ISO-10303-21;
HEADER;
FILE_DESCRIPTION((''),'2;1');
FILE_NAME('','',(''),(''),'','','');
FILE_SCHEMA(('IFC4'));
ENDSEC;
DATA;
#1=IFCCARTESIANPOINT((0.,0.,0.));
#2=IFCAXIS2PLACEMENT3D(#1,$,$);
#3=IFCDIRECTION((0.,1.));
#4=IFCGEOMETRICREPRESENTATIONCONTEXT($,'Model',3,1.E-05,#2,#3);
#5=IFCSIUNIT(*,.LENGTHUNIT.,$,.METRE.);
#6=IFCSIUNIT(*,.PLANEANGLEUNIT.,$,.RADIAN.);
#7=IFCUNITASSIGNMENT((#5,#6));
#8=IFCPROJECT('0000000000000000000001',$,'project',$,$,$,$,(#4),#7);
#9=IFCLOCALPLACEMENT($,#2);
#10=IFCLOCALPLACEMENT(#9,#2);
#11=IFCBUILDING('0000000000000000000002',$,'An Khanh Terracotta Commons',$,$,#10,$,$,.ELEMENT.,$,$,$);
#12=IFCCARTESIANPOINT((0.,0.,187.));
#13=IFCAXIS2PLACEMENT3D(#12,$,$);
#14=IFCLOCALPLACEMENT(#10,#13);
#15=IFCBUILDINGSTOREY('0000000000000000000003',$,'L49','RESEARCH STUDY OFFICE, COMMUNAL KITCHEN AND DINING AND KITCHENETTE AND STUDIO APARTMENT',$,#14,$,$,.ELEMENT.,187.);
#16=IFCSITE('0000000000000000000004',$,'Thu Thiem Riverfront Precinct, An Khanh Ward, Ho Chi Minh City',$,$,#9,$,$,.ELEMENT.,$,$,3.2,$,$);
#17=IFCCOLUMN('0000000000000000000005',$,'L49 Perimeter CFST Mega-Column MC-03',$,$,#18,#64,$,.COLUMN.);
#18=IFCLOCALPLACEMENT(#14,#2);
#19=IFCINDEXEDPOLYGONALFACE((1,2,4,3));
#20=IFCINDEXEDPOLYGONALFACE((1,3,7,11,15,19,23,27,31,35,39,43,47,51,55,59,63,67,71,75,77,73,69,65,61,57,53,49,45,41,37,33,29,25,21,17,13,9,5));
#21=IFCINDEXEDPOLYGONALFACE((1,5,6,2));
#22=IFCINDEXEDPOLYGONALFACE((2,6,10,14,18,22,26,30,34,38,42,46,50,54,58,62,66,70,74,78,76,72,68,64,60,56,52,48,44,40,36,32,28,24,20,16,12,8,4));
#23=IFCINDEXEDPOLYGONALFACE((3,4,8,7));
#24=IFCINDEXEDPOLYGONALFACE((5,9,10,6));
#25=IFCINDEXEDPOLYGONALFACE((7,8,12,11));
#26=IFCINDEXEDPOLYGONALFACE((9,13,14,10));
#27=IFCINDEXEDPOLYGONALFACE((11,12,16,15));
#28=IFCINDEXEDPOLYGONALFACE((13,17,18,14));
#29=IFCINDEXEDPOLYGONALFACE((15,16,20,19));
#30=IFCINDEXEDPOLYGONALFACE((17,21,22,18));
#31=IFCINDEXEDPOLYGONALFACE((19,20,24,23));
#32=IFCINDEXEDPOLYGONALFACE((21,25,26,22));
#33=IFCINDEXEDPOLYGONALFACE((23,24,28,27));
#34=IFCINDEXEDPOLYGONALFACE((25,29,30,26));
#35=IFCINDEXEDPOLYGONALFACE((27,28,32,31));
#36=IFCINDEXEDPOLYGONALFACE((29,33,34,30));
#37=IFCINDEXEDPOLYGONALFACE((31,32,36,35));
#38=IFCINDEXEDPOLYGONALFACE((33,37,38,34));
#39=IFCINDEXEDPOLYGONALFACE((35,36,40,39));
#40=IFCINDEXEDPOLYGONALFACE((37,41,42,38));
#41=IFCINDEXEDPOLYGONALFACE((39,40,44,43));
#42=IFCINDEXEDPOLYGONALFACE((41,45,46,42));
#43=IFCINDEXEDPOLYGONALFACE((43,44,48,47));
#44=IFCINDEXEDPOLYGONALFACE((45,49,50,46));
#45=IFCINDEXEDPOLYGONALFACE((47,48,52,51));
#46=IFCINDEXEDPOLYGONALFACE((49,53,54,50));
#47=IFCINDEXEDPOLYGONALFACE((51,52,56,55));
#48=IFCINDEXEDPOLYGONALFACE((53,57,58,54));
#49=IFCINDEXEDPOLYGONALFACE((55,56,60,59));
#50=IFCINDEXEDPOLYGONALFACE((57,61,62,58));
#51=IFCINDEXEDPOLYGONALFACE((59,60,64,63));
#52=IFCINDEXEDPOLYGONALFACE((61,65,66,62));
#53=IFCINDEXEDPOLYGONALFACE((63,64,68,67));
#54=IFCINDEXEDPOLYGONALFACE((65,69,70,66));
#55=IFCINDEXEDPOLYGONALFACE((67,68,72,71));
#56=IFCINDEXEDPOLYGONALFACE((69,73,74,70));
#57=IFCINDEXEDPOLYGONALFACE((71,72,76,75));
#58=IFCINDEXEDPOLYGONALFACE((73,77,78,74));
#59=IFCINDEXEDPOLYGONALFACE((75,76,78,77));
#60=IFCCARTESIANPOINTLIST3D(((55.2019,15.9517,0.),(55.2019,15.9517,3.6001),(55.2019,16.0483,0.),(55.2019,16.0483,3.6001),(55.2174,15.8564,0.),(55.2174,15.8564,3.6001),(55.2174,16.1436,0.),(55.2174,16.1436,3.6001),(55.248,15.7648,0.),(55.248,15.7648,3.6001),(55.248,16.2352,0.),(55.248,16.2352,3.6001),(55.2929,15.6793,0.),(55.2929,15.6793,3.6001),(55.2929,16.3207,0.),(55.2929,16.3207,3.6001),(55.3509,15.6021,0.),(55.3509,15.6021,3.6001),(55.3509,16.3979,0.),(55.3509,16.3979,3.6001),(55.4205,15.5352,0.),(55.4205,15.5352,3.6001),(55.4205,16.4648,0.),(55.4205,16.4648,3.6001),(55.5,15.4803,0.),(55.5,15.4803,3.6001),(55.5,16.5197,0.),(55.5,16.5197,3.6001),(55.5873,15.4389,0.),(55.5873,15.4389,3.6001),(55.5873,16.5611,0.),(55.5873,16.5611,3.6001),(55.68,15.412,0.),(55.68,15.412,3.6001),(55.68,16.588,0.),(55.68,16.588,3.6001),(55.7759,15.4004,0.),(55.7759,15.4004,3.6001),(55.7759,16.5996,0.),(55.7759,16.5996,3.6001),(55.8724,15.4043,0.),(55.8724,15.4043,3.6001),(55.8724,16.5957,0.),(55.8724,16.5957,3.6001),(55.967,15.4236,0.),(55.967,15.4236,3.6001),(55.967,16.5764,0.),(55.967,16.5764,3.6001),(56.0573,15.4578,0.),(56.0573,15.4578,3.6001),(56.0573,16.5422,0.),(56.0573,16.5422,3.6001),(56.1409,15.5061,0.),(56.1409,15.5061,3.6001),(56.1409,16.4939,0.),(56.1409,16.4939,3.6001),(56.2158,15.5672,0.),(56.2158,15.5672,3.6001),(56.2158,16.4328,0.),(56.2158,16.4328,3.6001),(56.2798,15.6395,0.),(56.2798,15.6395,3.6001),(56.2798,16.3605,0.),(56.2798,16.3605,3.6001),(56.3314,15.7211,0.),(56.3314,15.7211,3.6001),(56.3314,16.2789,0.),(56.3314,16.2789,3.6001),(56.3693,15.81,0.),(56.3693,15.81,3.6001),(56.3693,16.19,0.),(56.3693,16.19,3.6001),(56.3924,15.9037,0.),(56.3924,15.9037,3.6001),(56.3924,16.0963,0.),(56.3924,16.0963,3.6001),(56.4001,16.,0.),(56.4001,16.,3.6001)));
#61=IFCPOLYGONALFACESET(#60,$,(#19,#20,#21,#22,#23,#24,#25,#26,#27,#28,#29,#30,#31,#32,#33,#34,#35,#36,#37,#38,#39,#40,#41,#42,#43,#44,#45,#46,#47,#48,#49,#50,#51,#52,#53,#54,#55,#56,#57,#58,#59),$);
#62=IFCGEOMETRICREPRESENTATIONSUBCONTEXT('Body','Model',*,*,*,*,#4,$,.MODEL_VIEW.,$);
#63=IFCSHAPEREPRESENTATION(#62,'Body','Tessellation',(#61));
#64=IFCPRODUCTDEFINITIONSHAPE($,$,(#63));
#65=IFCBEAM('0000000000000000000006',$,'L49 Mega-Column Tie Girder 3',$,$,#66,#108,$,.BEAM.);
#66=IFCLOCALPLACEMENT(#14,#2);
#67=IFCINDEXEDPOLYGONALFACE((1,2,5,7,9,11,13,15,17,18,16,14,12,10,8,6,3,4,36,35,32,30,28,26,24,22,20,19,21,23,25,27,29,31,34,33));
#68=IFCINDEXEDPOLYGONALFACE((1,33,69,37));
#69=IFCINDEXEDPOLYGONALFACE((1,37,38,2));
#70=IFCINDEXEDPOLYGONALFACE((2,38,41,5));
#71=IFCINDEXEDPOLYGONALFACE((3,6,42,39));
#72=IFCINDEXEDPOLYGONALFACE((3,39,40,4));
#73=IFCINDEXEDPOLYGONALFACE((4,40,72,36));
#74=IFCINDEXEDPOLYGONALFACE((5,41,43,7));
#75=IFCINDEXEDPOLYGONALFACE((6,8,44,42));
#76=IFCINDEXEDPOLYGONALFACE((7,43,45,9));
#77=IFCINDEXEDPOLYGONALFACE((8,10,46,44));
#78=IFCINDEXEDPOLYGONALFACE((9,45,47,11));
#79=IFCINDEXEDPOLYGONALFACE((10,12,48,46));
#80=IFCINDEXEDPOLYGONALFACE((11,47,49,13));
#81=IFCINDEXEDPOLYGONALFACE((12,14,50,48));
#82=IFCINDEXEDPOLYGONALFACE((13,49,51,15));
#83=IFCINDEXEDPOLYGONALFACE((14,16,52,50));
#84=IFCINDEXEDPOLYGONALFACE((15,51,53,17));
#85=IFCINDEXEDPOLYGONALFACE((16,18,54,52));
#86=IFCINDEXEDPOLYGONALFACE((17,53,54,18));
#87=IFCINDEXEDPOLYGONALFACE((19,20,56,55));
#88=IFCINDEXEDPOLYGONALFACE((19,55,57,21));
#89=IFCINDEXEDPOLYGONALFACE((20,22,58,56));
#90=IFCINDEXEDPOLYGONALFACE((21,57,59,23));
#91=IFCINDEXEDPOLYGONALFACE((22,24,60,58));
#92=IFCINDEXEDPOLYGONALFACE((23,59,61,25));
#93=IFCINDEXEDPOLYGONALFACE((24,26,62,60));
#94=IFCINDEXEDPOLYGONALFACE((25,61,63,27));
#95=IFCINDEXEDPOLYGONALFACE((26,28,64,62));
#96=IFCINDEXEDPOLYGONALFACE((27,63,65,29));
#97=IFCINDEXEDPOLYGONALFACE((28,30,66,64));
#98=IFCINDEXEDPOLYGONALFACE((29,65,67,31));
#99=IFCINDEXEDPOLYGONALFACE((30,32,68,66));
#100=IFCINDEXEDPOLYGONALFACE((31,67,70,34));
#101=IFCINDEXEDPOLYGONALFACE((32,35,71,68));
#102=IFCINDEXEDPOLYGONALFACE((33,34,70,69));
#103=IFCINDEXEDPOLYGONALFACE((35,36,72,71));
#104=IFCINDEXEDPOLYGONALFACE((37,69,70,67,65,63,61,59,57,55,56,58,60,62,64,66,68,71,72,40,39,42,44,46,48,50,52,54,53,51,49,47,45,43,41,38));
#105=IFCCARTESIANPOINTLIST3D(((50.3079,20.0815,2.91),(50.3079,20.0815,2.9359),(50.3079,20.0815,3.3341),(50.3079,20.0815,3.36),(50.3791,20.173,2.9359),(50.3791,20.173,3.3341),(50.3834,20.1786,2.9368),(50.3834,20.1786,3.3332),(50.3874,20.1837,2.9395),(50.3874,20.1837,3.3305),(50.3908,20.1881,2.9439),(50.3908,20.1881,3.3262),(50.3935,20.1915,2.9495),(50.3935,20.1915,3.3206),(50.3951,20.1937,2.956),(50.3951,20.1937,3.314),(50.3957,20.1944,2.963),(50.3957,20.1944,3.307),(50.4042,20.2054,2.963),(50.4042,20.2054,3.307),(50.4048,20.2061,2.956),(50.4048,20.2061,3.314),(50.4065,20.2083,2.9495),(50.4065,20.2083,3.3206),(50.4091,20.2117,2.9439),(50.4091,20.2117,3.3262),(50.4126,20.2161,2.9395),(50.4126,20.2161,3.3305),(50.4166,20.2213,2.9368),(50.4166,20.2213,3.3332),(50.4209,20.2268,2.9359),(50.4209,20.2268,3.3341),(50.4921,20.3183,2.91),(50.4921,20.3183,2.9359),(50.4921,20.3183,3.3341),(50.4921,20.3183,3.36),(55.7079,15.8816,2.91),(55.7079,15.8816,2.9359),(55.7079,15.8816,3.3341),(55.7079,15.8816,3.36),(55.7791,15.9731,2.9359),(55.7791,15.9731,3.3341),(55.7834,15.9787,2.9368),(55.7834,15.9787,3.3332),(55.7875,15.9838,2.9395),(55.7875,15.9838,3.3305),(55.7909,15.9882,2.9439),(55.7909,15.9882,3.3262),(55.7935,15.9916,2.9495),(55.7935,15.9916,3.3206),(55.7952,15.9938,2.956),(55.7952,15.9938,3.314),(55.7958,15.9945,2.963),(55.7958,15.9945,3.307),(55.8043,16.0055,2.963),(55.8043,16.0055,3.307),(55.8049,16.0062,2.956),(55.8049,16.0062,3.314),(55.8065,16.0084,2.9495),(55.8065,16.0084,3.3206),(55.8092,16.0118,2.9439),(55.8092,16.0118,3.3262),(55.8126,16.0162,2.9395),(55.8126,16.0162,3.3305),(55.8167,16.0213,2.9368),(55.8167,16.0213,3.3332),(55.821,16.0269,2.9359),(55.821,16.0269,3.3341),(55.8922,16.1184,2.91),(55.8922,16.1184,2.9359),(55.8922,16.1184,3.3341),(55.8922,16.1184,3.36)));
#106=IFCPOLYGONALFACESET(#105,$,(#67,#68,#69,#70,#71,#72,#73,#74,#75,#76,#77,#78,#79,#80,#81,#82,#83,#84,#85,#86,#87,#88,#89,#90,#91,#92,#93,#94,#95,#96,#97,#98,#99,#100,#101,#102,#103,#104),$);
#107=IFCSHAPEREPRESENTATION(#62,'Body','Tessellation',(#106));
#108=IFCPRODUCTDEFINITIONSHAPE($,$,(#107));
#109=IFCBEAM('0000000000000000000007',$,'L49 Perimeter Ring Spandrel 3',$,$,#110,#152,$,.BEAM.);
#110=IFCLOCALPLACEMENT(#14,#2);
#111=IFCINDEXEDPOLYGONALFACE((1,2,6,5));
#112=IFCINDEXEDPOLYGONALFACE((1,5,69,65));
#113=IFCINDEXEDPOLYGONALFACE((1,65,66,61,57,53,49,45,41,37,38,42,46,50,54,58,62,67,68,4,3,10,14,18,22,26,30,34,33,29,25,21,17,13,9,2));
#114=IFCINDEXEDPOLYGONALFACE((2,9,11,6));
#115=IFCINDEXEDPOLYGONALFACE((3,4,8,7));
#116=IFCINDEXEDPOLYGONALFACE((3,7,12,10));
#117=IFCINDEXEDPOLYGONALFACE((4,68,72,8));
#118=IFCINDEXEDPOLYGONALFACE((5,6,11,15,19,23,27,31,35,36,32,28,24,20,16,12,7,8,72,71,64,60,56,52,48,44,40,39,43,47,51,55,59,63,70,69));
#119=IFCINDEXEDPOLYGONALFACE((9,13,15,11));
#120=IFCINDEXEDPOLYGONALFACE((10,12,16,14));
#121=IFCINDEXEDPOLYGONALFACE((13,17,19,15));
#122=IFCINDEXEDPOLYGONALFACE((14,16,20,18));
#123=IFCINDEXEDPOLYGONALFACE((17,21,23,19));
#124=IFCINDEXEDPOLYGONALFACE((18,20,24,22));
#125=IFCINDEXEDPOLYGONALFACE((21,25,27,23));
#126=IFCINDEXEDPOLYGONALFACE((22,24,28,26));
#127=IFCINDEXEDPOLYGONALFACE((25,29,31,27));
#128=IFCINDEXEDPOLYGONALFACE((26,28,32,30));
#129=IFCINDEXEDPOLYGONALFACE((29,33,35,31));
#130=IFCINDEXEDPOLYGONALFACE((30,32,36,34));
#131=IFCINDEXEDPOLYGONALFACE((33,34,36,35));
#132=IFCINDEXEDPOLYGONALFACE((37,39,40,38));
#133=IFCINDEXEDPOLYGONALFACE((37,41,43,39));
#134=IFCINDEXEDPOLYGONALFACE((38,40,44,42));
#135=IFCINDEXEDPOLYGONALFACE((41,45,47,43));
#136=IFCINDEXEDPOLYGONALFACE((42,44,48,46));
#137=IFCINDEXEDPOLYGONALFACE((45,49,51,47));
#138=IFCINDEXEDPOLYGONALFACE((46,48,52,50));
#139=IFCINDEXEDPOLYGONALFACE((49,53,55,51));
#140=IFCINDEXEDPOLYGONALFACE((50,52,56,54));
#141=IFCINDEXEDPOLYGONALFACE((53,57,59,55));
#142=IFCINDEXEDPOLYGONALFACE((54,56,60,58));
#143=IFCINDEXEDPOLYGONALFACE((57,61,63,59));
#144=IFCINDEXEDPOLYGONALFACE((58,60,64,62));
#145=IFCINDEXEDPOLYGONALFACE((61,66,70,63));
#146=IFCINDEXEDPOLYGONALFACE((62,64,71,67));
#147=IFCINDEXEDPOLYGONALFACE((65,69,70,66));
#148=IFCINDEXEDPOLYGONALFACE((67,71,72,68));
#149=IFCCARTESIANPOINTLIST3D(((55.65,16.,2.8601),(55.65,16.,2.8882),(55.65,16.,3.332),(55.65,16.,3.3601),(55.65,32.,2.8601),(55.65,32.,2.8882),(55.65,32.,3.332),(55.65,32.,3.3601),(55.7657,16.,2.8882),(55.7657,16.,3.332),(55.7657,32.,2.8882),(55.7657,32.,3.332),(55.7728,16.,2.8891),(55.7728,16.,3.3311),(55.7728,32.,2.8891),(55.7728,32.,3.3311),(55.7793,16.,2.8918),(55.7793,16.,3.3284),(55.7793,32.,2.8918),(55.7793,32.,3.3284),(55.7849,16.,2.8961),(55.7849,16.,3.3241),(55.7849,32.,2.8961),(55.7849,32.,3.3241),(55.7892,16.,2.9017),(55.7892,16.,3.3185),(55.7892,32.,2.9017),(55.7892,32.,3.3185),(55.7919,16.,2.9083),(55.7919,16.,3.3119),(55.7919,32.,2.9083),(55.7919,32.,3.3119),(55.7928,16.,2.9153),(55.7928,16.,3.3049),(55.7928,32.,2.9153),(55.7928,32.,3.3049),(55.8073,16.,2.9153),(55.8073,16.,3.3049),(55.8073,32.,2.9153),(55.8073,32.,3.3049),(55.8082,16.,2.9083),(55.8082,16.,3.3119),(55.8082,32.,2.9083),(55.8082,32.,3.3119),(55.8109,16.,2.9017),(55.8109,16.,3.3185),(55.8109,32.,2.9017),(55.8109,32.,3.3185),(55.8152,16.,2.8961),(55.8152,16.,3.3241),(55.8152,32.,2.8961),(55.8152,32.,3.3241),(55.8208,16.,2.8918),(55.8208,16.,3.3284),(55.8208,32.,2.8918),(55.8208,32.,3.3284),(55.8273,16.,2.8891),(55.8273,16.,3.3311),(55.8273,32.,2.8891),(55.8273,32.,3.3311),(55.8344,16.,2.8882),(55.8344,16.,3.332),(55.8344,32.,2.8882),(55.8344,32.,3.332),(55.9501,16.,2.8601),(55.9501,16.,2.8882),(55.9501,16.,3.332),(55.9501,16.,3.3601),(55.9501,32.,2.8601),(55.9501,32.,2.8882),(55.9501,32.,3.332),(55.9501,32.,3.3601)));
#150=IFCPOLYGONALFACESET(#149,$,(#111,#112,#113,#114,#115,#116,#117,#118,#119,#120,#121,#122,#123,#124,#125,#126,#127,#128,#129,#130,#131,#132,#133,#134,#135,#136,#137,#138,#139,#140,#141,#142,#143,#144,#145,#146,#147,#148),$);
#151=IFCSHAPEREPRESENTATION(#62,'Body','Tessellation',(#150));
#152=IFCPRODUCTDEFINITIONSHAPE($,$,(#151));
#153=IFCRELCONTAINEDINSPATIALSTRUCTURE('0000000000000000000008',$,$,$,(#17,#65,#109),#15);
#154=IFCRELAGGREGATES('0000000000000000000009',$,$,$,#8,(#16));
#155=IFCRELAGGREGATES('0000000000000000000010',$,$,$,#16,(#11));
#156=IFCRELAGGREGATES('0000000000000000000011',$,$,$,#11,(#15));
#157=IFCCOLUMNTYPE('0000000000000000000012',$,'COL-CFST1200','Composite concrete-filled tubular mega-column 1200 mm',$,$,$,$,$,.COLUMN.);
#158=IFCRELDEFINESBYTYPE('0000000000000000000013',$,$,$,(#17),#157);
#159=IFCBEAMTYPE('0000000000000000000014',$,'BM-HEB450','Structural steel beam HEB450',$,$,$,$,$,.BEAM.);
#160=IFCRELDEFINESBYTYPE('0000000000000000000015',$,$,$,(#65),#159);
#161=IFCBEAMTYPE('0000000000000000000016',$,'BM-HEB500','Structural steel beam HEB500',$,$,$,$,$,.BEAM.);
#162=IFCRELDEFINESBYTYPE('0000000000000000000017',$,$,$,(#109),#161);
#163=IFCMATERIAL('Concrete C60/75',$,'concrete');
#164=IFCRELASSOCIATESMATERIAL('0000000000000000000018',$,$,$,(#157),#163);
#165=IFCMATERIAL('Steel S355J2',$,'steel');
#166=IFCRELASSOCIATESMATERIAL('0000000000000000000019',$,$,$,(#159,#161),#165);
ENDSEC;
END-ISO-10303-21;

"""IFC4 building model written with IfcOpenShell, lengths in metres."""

from ifc_helpers import new_model, si_unit, direction, frame, origin, origin_2d, place, context, subcontext, project, spatial, circle, i_section, extrude, material, material_profile, profile_set, type_object, element, save


model = new_model("IFC4")

# Units and contexts
model_context = context("Model", 3, precision=1e-05, world=origin(), true_north=direction((0.0, 1.0)))
body_context = subcontext(model_context, "Body", "Model", "MODEL_VIEW")
ifc_project = project(units=[si_unit("LENGTHUNIT", "METRE"), si_unit("PLANEANGLEUNIT", "RADIAN")], contexts=[model_context])

# Site, building, storey
site_placement = place(None, origin())
site = spatial("IfcSite", under=ifc_project, at=site_placement, Name="Thu Thiem Riverfront Precinct, An Khanh Ward, Ho Chi Minh City", CompositionType="ELEMENT", RefElevation=3.2)
building_placement = place(site_placement, origin())
building = spatial("IfcBuilding", under=site, at=building_placement, Name="An Khanh Terracotta Commons", CompositionType="ELEMENT")
storey_placement = place(building_placement, frame((0.0, 0.0, 187.0)))
storey = spatial("IfcBuildingStorey", under=building, at=storey_placement, Name="L49", Description="RESEARCH STUDY OFFICE, COMMUNAL KITCHEN AND DINING AND KITCHENETTE AND STUDIO APARTMENT", CompositionType="ELEMENT", Elevation=187.0)

# Column
ifc_material_1 = material(Name="Concrete C60/75", Category="concrete")
ifc_material_profile_1 = material_profile(ifc_material_1, circle(Radius=0.6001, at=origin_2d()), Name="CFST1200")
ifc_profile_set_1 = profile_set([ifc_material_profile_1], Name="Concrete C60/75")
column_type = type_object("IfcColumnType", Name="COL-CFST1200", Description="Composite concrete-filled tubular mega-column 1200 mm", PredefinedType="COLUMN", material=ifc_profile_set_1)
column_placement = place(storey_placement, frame((55.8, 16.0, 0.0), z_axis=(0.0, 0.0, 1.0), x_axis=(1.0, 0.0, 0.0)))
element("IfcColumn", 1, at=column_placement, inside=storey, type_object=column_type, Name="L49 Perimeter CFST Mega-Column MC-03", PredefinedType="COLUMN", context=body_context, shape_type="SweptSolid", body=[
    extrude(circle(Radius=0.6001, at=origin_2d()), origin(), (0.0, 0.0, 1.0), 3.6001),
])

# Beams
ifc_material_2 = material(Name="Steel S355J2", Category="steel")
ifc_material_profile_2 = material_profile(ifc_material_2, i_section(OverallWidth=0.3, OverallDepth=0.45, WebThickness=0.0139, FlangeThickness=0.0259, FilletRadius=0.0271, at=origin_2d()), Name="HEB450")
ifc_profile_set_2 = profile_set([ifc_material_profile_2], Name="Steel S355J2")
beam_type_1 = type_object("IfcBeamType", Name="BM-HEB450", Description="Structural steel beam HEB450", PredefinedType="BEAM", material=ifc_profile_set_2)
beam_1_placement = place(storey_placement, frame((55.8, 16.0, 3.135), z_axis=(-0.789364, 0.613926, 0.0), x_axis=(-0.613926, -0.789364, 0.0)))
element("IfcBeam", 2, at=beam_1_placement, inside=storey, type_object=beam_type_1, Name="L49 Mega-Column Tie Girder 3", PredefinedType="BEAM", context=body_context, shape_type="SweptSolid", body=[
    extrude(i_section(OverallWidth=0.3, OverallDepth=0.45, WebThickness=0.0139, FlangeThickness=0.0259, FilletRadius=0.0271, at=origin_2d()), origin(), (0.0, 0.0, 1.0), 6.8411),
])
ifc_material_profile_3 = material_profile(ifc_material_2, i_section(OverallWidth=0.3, OverallDepth=0.5, WebThickness=0.0144, FlangeThickness=0.0281, FilletRadius=0.0271, at=origin_2d()), Name="HEB500")
ifc_profile_set_3 = profile_set([ifc_material_profile_3], Name="Steel S355J2")
beam_type_2 = type_object("IfcBeamType", Name="BM-HEB500", Description="Structural steel beam HEB500", PredefinedType="BEAM", material=ifc_profile_set_3)
beam_2_placement = place(storey_placement, frame((55.8, 16.0, 3.1101), z_axis=(0.0, 1.0, 0.0), x_axis=(-1.0, 0.0, 0.0)))
element("IfcBeam", 3, at=beam_2_placement, inside=storey, type_object=beam_type_2, Name="L49 Perimeter Ring Spandrel 3", PredefinedType="BEAM", context=body_context, shape_type="SweptSolid", body=[
    extrude(i_section(OverallWidth=0.3, OverallDepth=0.5, WebThickness=0.0144, FlangeThickness=0.0281, FilletRadius=0.0271, at=origin_2d()), origin(), (0.0, 0.0, 1.0), 16.0),
])

save(model, "model.ifc")
